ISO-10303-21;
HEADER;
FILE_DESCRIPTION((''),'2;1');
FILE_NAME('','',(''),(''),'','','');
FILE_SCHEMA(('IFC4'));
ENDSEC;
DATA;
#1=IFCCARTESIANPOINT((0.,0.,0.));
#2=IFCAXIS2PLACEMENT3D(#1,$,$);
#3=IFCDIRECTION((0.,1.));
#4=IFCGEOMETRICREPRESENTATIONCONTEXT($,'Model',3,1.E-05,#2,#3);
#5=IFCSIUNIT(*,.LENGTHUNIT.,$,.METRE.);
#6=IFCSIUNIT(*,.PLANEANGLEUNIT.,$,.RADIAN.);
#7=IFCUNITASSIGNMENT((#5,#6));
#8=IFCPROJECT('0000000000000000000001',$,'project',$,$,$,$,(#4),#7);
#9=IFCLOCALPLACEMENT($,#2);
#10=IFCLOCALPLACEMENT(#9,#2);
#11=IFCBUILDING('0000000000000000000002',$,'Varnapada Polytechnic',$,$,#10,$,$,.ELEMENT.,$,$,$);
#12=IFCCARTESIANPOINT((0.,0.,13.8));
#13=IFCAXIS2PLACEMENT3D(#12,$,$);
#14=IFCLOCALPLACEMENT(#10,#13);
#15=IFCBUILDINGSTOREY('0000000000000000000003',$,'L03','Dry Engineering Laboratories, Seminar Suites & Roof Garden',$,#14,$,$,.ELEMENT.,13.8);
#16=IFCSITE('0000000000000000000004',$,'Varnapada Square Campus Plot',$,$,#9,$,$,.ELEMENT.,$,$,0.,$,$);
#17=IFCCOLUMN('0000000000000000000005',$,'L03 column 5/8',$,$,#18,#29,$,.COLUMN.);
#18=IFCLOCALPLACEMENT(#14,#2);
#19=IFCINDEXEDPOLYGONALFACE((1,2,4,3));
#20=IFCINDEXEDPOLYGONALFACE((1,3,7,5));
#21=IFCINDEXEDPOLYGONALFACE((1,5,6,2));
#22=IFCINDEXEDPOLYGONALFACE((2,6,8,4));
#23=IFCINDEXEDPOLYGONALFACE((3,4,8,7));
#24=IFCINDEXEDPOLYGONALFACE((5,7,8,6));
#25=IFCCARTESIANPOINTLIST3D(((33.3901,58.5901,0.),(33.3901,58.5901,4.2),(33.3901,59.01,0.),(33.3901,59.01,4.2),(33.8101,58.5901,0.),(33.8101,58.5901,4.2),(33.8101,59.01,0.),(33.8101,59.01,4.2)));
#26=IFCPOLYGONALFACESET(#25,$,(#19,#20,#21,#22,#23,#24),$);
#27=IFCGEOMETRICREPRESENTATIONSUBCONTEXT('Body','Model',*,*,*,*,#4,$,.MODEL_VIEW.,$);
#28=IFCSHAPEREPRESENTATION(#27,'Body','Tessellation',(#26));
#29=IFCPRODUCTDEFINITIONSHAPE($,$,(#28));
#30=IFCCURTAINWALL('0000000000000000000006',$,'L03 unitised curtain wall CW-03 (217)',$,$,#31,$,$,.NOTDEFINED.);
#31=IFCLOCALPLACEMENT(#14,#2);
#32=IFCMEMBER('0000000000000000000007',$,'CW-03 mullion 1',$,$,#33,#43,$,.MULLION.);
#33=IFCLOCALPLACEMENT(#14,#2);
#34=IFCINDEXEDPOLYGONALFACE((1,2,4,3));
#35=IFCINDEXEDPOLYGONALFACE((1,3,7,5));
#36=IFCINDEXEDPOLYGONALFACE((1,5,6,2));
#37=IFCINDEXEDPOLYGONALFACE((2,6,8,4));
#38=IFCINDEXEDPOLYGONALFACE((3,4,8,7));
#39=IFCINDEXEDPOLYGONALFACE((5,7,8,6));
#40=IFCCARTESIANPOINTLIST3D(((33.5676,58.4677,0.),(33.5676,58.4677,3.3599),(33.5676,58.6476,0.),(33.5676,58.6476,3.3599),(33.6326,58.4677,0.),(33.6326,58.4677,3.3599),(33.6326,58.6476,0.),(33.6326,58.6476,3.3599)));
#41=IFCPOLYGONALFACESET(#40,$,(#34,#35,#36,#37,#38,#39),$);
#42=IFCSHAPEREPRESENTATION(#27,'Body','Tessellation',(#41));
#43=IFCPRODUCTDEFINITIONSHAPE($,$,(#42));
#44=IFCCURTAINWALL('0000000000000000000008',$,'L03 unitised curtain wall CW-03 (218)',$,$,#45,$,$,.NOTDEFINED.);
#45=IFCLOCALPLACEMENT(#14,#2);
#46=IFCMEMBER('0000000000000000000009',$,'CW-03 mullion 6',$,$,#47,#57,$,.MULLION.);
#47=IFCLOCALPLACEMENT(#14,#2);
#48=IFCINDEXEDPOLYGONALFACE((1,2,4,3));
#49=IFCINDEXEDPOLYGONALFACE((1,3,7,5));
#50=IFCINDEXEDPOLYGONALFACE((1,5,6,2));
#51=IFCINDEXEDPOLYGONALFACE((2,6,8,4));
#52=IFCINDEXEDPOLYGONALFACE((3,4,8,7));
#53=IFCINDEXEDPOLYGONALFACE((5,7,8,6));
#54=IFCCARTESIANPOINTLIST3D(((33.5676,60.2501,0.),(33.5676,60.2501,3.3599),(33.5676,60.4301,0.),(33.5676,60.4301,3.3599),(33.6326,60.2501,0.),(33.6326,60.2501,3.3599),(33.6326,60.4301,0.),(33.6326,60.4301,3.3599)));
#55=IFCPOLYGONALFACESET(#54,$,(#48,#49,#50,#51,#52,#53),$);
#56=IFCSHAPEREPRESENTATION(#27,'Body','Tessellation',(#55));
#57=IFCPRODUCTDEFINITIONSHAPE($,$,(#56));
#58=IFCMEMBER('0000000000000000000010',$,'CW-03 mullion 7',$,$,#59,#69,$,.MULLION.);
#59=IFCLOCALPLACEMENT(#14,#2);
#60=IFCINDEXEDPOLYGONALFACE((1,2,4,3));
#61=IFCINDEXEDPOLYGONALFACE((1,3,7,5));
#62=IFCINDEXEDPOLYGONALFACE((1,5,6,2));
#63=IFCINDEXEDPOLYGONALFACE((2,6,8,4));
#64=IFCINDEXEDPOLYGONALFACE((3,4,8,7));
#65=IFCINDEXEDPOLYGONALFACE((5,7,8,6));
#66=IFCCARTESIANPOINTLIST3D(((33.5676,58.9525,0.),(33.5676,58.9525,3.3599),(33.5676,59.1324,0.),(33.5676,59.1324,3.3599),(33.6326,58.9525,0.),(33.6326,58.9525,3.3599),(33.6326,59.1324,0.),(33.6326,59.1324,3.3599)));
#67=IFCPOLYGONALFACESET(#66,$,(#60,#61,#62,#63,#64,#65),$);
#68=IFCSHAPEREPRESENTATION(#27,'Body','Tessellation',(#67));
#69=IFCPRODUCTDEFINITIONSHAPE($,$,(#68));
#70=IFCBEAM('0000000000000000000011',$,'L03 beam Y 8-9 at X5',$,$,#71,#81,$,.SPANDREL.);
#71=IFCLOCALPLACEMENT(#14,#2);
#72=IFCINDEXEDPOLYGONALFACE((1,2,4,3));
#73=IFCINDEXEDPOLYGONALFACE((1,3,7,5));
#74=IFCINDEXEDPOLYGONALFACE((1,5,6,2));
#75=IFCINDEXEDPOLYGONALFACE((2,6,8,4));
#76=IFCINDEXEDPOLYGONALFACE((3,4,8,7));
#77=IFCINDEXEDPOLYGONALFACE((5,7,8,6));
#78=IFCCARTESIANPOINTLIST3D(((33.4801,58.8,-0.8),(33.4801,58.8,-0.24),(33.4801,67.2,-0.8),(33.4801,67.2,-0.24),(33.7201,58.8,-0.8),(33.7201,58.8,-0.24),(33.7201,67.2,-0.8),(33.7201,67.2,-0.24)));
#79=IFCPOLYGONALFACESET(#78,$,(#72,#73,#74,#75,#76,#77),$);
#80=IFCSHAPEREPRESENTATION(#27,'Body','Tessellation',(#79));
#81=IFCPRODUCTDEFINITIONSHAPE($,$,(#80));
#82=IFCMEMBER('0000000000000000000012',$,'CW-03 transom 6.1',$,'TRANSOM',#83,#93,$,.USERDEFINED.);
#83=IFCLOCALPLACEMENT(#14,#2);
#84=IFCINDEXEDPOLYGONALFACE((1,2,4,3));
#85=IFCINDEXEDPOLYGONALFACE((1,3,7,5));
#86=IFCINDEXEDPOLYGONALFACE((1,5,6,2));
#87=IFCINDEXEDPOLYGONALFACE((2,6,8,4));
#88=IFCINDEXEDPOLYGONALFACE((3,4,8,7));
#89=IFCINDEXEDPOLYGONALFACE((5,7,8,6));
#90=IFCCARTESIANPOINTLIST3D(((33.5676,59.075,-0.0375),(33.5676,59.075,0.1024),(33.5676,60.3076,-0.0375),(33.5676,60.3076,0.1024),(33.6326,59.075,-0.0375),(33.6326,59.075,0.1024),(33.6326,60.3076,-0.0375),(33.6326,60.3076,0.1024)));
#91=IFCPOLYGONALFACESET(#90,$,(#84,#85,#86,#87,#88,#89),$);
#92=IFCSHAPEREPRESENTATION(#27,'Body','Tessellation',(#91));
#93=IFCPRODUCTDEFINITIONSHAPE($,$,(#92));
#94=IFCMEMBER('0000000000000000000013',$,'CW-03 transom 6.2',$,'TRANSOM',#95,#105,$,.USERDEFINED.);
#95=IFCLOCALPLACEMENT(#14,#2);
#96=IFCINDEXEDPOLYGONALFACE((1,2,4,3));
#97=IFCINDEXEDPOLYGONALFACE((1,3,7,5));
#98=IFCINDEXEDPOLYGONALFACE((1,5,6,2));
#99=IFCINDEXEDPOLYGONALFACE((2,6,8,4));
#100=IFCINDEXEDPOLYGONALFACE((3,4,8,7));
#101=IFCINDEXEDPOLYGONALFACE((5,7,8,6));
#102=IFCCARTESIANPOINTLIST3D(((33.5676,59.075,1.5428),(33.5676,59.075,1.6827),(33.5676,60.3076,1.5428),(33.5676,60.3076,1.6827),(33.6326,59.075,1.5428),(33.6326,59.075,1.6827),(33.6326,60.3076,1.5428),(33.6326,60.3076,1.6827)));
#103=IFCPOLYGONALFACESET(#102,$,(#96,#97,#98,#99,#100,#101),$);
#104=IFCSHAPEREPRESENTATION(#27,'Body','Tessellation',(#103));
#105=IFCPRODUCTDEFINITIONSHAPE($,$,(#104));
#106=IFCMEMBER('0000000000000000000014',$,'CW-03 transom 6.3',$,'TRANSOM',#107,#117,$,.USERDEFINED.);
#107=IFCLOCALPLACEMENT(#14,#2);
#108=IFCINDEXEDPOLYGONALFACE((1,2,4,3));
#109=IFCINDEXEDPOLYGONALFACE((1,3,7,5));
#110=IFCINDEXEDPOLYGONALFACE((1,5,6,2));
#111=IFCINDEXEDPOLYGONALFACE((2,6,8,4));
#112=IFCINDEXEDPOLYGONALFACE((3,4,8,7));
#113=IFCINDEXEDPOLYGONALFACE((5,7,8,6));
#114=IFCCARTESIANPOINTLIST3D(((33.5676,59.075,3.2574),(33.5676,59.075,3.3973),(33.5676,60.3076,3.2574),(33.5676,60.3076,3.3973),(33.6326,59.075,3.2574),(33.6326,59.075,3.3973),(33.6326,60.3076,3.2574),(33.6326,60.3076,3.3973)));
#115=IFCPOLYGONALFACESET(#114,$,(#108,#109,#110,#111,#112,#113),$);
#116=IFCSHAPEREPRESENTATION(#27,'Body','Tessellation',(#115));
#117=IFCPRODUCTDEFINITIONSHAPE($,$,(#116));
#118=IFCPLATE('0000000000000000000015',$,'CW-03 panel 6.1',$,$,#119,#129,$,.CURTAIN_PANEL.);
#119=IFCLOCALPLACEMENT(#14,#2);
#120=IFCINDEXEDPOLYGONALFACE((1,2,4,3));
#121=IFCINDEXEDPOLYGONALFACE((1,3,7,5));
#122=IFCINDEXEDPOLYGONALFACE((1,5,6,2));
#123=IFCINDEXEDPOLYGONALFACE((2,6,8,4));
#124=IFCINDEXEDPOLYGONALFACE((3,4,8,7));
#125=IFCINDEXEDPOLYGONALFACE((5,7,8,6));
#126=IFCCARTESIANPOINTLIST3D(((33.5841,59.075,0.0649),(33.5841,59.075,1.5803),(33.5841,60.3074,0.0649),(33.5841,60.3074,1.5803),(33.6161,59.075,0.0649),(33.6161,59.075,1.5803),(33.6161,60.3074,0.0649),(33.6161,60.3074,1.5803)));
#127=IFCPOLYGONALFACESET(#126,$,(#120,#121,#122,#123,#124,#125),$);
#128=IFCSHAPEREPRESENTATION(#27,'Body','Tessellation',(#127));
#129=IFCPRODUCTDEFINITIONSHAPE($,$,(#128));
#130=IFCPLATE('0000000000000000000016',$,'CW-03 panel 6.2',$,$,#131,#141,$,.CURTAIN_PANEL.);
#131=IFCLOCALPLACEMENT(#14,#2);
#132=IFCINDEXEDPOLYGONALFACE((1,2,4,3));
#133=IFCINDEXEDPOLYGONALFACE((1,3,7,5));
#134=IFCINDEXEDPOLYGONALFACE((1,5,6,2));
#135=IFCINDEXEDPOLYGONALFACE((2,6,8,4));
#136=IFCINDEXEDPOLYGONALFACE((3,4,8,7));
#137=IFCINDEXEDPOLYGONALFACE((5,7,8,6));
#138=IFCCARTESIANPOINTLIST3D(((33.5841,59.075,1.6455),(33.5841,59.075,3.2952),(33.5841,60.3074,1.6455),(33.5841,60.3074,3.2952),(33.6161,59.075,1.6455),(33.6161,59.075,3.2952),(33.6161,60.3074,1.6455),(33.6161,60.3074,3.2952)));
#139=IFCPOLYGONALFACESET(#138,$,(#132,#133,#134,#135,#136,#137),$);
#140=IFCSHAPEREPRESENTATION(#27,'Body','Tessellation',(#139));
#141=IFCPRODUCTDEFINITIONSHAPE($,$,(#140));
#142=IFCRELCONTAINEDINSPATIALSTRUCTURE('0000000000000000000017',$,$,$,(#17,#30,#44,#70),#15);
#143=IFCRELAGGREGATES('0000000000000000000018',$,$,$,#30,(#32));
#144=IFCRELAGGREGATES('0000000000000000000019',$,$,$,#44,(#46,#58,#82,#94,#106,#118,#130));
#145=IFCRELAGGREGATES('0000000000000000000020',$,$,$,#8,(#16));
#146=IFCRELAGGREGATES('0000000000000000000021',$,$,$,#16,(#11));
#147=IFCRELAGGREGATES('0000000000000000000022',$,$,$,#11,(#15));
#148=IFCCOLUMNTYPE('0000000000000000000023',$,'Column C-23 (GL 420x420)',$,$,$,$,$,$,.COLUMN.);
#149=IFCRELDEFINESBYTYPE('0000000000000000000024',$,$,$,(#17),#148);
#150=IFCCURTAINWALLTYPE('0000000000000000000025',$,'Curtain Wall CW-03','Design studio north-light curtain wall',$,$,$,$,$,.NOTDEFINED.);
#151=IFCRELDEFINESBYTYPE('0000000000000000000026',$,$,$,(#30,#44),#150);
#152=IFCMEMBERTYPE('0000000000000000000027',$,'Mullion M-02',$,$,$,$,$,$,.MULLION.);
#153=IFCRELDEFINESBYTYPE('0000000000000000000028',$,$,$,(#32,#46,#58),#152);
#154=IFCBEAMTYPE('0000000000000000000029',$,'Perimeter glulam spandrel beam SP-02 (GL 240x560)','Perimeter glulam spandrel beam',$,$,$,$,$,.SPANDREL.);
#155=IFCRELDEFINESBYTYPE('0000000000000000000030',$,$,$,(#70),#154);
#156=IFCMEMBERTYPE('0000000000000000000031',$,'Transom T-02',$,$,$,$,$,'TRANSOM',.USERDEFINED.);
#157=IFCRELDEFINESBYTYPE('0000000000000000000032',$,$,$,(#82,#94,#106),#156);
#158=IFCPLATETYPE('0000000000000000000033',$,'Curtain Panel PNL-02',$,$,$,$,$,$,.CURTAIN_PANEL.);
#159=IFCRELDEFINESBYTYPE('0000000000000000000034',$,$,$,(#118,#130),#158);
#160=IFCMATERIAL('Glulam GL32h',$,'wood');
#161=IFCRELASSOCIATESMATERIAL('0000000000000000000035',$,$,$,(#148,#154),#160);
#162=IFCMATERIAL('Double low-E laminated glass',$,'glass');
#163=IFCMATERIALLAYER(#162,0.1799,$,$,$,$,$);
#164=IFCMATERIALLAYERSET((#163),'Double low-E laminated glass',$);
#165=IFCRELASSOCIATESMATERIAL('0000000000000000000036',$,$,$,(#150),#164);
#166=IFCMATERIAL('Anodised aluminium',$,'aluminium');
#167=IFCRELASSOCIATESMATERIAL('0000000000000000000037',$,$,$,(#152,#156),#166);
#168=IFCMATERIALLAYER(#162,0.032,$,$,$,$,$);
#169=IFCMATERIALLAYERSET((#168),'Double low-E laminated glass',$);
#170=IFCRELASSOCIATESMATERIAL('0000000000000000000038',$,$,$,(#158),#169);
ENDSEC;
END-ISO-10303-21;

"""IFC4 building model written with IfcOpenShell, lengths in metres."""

from ifc_helpers import new_model, si_unit, direction, frame, origin, origin_2d, place, context, subcontext, project, spatial, rectangle, extrude, material, layer, layer_set, material_profile, profile_set, type_object, element, aggregate, save


model = new_model("IFC4")

# Units and contexts
model_context = context("Model", 3, precision=1e-05, world=origin(), true_north=direction((0.0, 1.0)))
body_context = subcontext(model_context, "Body", "Model", "MODEL_VIEW")
ifc_project = project(units=[si_unit("LENGTHUNIT", "METRE"), si_unit("PLANEANGLEUNIT", "RADIAN")], contexts=[model_context])

# Site, building, storey
site_placement = place(None, origin())
site = spatial("IfcSite", under=ifc_project, at=site_placement, Name="Varnapada Square Campus Plot", CompositionType="ELEMENT", RefElevation=0.0)
building_placement = place(site_placement, origin())
building = spatial("IfcBuilding", under=site, at=building_placement, Name="Varnapada Polytechnic", CompositionType="ELEMENT")
storey_placement = place(building_placement, frame((0.0, 0.0, 13.8)))
storey = spatial("IfcBuildingStorey", under=building, at=storey_placement, Name="L03", Description="Dry Engineering Laboratories, Seminar Suites & Roof Garden", CompositionType="ELEMENT", Elevation=13.8)

# Column
ifc_material_1 = material(Name="Glulam GL32h", Category="wood")
ifc_material_profile_1 = material_profile(ifc_material_1, rectangle(XDim=0.4199, YDim=0.4199, at=origin_2d()), Name="GL 420x420")
ifc_profile_set_1 = profile_set([ifc_material_profile_1], Name="Glulam GL32h")
column_type = type_object("IfcColumnType", Name="Column C-23 (GL 420x420)", PredefinedType="COLUMN", material=ifc_profile_set_1)
column_placement = place(storey_placement, frame((33.6001, 58.8, 0.0), z_axis=(0.0, 0.0, 1.0), x_axis=(1.0, 0.0, 0.0)))
element("IfcColumn", 1, at=column_placement, inside=storey, type_object=column_type, Name="L03 column 5/8", PredefinedType="COLUMN", context=body_context, shape_type="SweptSolid", body=[
    extrude(rectangle(XDim=0.4199, YDim=0.4199, at=origin_2d()), origin(), (0.0, 0.0, 1.0), 4.2),
])

# Curtain wall, member
ifc_material_2 = material(Name="Double low-E laminated glass", Category="glass")
ifc_layer_1 = layer(ifc_material_2, 0.1799)
ifc_layer_set_1 = layer_set([ifc_layer_1], Name="Double low-E laminated glass")
curtain_wall_type = type_object("IfcCurtainWallType", Name="Curtain Wall CW-03", Description="Design studio north-light curtain wall", PredefinedType="NOTDEFINED", material=ifc_layer_set_1)
curtain_wall_1_placement = place(storey_placement, origin())
curtain_wall_1 = element("IfcCurtainWall", 2, at=curtain_wall_1_placement, inside=storey, type_object=curtain_wall_type, Name="L03 unitised curtain wall CW-03 (217)", PredefinedType="NOTDEFINED")
ifc_material_3 = material(Name="Anodised aluminium", Category="aluminium")
ifc_material_profile_2 = material_profile(ifc_material_3, rectangle(XDim=0.0649, YDim=0.1799, at=origin_2d()), Name="ALU M65x180")
ifc_profile_set_2 = profile_set([ifc_material_profile_2], Name="Anodised aluminium")
member_type_1 = type_object("IfcMemberType", Name="Mullion M-02", PredefinedType="MULLION", material=ifc_profile_set_2)
member_1_placement = place(storey_placement, frame((33.6001, 58.5576, 0.0), z_axis=(0.0, 0.0, 1.0), x_axis=(1.0, 0.0, 0.0)))
member_1 = element("IfcMember", 3, at=member_1_placement, type_object=member_type_1, Name="CW-03 mullion 1", PredefinedType="MULLION", context=body_context, shape_type="SweptSolid", body=[
    extrude(rectangle(XDim=0.0649, YDim=0.1799, at=origin_2d()), origin(), (0.0, 0.0, 1.0), 3.3599),
])
aggregate(curtain_wall_1, [member_1])

# Curtain wall, members
curtain_wall_2_placement = place(storey_placement, origin())
curtain_wall_2 = element("IfcCurtainWall", 4, at=curtain_wall_2_placement, inside=storey, type_object=curtain_wall_type, Name="L03 unitised curtain wall CW-03 (218)", PredefinedType="NOTDEFINED")
member_2_placement = place(storey_placement, frame((33.6001, 60.3401, 0.0), z_axis=(0.0, 0.0, 1.0), x_axis=(1.0, 0.0, 0.0)))
member_2 = element("IfcMember", 5, at=member_2_placement, type_object=member_type_1, Name="CW-03 mullion 6", PredefinedType="MULLION", context=body_context, shape_type="SweptSolid", body=[
    extrude(rectangle(XDim=0.0649, YDim=0.1799, at=origin_2d()), origin(), (0.0, 0.0, 1.0), 3.3599),
])
member_3_placement = place(storey_placement, frame((33.6001, 59.0425, 0.0), z_axis=(0.0, 0.0, 1.0), x_axis=(1.0, 0.0, 0.0)))
member_3 = element("IfcMember", 6, at=member_3_placement, type_object=member_type_1, Name="CW-03 mullion 7", PredefinedType="MULLION", context=body_context, shape_type="SweptSolid", body=[
    extrude(rectangle(XDim=0.0649, YDim=0.1799, at=origin_2d()), origin(), (0.0, 0.0, 1.0), 3.3599),
])

# Beam
ifc_material_profile_3 = material_profile(ifc_material_1, rectangle(XDim=0.24, YDim=0.5601, at=origin_2d()), Name="GL 240x560")
ifc_profile_set_3 = profile_set([ifc_material_profile_3], Name="Glulam GL32h")
beam_type = type_object("IfcBeamType", Name="Perimeter glulam spandrel beam SP-02 (GL 240x560)", Description="Perimeter glulam spandrel beam", PredefinedType="SPANDREL", material=ifc_profile_set_3)
beam_placement = place(storey_placement, frame((33.6001, 58.8, -0.52), z_axis=(0.0, 1.0, 0.0), x_axis=(-1.0, 0.0, 0.0)))
element("IfcBeam", 7, at=beam_placement, inside=storey, type_object=beam_type, Name="L03 beam Y 8-9 at X5", PredefinedType="SPANDREL", context=body_context, shape_type="SweptSolid", body=[
    extrude(rectangle(XDim=0.24, YDim=0.5601, at=origin_2d()), origin(), (0.0, 0.0, 1.0), 8.3999),
])

# Members
ifc_material_profile_4 = material_profile(ifc_material_3, rectangle(XDim=0.0649, YDim=0.1399, at=origin_2d()), Name="ALU T65x140")
ifc_profile_set_4 = profile_set([ifc_material_profile_4], Name="Anodised aluminium")
member_type_2 = type_object("IfcMemberType", Name="Transom T-02", ElementType="TRANSOM", PredefinedType="USERDEFINED", material=ifc_profile_set_4)
member_4_placement = place(storey_placement, frame((33.6001, 60.3076, 0.0325), z_axis=(0.0, -1.0, 0.0), x_axis=(1.0, 0.0, 0.0)))
member_4 = element("IfcMember", 8, at=member_4_placement, type_object=member_type_2, Name="CW-03 transom 6.1", ObjectType="TRANSOM", PredefinedType="USERDEFINED", context=body_context, shape_type="SweptSolid", body=[
    extrude(rectangle(XDim=0.0649, YDim=0.1399, at=origin_2d()), origin(), (0.0, 0.0, 1.0), 1.2327),
])
member_5_placement = place(storey_placement, frame((33.6001, 60.3076, 1.6128), z_axis=(0.0, -1.0, 0.0), x_axis=(1.0, 0.0, 0.0)))
member_5 = element("IfcMember", 9, at=member_5_placement, type_object=member_type_2, Name="CW-03 transom 6.2", ObjectType="TRANSOM", PredefinedType="USERDEFINED", context=body_context, shape_type="SweptSolid", body=[
    extrude(rectangle(XDim=0.0649, YDim=0.1399, at=origin_2d()), origin(), (0.0, 0.0, 1.0), 1.2327),
])
member_6_placement = place(storey_placement, frame((33.6001, 60.3076, 3.3274), z_axis=(0.0, -1.0, 0.0), x_axis=(1.0, 0.0, 0.0)))
member_6 = element("IfcMember", 10, at=member_6_placement, type_object=member_type_2, Name="CW-03 transom 6.3", ObjectType="TRANSOM", PredefinedType="USERDEFINED", context=body_context, shape_type="SweptSolid", body=[
    extrude(rectangle(XDim=0.0649, YDim=0.1399, at=origin_2d()), origin(), (0.0, 0.0, 1.0), 1.2327),
])

# Plates
ifc_layer_2 = layer(ifc_material_2, 0.032)
ifc_layer_set_2 = layer_set([ifc_layer_2], Name="Double low-E laminated glass")
plate_type = type_object("IfcPlateType", Name="Curtain Panel PNL-02", PredefinedType="CURTAIN_PANEL", material=ifc_layer_set_2)
plate_1_placement = place(storey_placement, frame((33.6001, 59.6912, 0.0649), z_axis=(0.0, 0.0, 1.0), x_axis=(0.0, -1.0, 0.0)))
plate_1 = element("IfcPlate", 11, at=plate_1_placement, type_object=plate_type, Name="CW-03 panel 6.1", PredefinedType="CURTAIN_PANEL", context=body_context, shape_type="SweptSolid", body=[
    extrude(rectangle(XDim=1.2324, YDim=0.032, at=origin_2d()), origin(), (0.0, 0.0, 1.0), 1.5154),
])
plate_2_placement = place(storey_placement, frame((33.6001, 59.6912, 1.6455), z_axis=(0.0, 0.0, 1.0), x_axis=(0.0, -1.0, 0.0)))
plate_2 = element("IfcPlate", 12, at=plate_2_placement, type_object=plate_type, Name="CW-03 panel 6.2", PredefinedType="CURTAIN_PANEL", context=body_context, shape_type="SweptSolid", body=[
    extrude(rectangle(XDim=1.2324, YDim=0.032, at=origin_2d()), origin(), (0.0, 0.0, 1.0), 1.6497),
])
aggregate(curtain_wall_2, [member_2, member_3, member_4, member_5, member_6, plate_1, plate_2])

save(model, "model.ifc")
